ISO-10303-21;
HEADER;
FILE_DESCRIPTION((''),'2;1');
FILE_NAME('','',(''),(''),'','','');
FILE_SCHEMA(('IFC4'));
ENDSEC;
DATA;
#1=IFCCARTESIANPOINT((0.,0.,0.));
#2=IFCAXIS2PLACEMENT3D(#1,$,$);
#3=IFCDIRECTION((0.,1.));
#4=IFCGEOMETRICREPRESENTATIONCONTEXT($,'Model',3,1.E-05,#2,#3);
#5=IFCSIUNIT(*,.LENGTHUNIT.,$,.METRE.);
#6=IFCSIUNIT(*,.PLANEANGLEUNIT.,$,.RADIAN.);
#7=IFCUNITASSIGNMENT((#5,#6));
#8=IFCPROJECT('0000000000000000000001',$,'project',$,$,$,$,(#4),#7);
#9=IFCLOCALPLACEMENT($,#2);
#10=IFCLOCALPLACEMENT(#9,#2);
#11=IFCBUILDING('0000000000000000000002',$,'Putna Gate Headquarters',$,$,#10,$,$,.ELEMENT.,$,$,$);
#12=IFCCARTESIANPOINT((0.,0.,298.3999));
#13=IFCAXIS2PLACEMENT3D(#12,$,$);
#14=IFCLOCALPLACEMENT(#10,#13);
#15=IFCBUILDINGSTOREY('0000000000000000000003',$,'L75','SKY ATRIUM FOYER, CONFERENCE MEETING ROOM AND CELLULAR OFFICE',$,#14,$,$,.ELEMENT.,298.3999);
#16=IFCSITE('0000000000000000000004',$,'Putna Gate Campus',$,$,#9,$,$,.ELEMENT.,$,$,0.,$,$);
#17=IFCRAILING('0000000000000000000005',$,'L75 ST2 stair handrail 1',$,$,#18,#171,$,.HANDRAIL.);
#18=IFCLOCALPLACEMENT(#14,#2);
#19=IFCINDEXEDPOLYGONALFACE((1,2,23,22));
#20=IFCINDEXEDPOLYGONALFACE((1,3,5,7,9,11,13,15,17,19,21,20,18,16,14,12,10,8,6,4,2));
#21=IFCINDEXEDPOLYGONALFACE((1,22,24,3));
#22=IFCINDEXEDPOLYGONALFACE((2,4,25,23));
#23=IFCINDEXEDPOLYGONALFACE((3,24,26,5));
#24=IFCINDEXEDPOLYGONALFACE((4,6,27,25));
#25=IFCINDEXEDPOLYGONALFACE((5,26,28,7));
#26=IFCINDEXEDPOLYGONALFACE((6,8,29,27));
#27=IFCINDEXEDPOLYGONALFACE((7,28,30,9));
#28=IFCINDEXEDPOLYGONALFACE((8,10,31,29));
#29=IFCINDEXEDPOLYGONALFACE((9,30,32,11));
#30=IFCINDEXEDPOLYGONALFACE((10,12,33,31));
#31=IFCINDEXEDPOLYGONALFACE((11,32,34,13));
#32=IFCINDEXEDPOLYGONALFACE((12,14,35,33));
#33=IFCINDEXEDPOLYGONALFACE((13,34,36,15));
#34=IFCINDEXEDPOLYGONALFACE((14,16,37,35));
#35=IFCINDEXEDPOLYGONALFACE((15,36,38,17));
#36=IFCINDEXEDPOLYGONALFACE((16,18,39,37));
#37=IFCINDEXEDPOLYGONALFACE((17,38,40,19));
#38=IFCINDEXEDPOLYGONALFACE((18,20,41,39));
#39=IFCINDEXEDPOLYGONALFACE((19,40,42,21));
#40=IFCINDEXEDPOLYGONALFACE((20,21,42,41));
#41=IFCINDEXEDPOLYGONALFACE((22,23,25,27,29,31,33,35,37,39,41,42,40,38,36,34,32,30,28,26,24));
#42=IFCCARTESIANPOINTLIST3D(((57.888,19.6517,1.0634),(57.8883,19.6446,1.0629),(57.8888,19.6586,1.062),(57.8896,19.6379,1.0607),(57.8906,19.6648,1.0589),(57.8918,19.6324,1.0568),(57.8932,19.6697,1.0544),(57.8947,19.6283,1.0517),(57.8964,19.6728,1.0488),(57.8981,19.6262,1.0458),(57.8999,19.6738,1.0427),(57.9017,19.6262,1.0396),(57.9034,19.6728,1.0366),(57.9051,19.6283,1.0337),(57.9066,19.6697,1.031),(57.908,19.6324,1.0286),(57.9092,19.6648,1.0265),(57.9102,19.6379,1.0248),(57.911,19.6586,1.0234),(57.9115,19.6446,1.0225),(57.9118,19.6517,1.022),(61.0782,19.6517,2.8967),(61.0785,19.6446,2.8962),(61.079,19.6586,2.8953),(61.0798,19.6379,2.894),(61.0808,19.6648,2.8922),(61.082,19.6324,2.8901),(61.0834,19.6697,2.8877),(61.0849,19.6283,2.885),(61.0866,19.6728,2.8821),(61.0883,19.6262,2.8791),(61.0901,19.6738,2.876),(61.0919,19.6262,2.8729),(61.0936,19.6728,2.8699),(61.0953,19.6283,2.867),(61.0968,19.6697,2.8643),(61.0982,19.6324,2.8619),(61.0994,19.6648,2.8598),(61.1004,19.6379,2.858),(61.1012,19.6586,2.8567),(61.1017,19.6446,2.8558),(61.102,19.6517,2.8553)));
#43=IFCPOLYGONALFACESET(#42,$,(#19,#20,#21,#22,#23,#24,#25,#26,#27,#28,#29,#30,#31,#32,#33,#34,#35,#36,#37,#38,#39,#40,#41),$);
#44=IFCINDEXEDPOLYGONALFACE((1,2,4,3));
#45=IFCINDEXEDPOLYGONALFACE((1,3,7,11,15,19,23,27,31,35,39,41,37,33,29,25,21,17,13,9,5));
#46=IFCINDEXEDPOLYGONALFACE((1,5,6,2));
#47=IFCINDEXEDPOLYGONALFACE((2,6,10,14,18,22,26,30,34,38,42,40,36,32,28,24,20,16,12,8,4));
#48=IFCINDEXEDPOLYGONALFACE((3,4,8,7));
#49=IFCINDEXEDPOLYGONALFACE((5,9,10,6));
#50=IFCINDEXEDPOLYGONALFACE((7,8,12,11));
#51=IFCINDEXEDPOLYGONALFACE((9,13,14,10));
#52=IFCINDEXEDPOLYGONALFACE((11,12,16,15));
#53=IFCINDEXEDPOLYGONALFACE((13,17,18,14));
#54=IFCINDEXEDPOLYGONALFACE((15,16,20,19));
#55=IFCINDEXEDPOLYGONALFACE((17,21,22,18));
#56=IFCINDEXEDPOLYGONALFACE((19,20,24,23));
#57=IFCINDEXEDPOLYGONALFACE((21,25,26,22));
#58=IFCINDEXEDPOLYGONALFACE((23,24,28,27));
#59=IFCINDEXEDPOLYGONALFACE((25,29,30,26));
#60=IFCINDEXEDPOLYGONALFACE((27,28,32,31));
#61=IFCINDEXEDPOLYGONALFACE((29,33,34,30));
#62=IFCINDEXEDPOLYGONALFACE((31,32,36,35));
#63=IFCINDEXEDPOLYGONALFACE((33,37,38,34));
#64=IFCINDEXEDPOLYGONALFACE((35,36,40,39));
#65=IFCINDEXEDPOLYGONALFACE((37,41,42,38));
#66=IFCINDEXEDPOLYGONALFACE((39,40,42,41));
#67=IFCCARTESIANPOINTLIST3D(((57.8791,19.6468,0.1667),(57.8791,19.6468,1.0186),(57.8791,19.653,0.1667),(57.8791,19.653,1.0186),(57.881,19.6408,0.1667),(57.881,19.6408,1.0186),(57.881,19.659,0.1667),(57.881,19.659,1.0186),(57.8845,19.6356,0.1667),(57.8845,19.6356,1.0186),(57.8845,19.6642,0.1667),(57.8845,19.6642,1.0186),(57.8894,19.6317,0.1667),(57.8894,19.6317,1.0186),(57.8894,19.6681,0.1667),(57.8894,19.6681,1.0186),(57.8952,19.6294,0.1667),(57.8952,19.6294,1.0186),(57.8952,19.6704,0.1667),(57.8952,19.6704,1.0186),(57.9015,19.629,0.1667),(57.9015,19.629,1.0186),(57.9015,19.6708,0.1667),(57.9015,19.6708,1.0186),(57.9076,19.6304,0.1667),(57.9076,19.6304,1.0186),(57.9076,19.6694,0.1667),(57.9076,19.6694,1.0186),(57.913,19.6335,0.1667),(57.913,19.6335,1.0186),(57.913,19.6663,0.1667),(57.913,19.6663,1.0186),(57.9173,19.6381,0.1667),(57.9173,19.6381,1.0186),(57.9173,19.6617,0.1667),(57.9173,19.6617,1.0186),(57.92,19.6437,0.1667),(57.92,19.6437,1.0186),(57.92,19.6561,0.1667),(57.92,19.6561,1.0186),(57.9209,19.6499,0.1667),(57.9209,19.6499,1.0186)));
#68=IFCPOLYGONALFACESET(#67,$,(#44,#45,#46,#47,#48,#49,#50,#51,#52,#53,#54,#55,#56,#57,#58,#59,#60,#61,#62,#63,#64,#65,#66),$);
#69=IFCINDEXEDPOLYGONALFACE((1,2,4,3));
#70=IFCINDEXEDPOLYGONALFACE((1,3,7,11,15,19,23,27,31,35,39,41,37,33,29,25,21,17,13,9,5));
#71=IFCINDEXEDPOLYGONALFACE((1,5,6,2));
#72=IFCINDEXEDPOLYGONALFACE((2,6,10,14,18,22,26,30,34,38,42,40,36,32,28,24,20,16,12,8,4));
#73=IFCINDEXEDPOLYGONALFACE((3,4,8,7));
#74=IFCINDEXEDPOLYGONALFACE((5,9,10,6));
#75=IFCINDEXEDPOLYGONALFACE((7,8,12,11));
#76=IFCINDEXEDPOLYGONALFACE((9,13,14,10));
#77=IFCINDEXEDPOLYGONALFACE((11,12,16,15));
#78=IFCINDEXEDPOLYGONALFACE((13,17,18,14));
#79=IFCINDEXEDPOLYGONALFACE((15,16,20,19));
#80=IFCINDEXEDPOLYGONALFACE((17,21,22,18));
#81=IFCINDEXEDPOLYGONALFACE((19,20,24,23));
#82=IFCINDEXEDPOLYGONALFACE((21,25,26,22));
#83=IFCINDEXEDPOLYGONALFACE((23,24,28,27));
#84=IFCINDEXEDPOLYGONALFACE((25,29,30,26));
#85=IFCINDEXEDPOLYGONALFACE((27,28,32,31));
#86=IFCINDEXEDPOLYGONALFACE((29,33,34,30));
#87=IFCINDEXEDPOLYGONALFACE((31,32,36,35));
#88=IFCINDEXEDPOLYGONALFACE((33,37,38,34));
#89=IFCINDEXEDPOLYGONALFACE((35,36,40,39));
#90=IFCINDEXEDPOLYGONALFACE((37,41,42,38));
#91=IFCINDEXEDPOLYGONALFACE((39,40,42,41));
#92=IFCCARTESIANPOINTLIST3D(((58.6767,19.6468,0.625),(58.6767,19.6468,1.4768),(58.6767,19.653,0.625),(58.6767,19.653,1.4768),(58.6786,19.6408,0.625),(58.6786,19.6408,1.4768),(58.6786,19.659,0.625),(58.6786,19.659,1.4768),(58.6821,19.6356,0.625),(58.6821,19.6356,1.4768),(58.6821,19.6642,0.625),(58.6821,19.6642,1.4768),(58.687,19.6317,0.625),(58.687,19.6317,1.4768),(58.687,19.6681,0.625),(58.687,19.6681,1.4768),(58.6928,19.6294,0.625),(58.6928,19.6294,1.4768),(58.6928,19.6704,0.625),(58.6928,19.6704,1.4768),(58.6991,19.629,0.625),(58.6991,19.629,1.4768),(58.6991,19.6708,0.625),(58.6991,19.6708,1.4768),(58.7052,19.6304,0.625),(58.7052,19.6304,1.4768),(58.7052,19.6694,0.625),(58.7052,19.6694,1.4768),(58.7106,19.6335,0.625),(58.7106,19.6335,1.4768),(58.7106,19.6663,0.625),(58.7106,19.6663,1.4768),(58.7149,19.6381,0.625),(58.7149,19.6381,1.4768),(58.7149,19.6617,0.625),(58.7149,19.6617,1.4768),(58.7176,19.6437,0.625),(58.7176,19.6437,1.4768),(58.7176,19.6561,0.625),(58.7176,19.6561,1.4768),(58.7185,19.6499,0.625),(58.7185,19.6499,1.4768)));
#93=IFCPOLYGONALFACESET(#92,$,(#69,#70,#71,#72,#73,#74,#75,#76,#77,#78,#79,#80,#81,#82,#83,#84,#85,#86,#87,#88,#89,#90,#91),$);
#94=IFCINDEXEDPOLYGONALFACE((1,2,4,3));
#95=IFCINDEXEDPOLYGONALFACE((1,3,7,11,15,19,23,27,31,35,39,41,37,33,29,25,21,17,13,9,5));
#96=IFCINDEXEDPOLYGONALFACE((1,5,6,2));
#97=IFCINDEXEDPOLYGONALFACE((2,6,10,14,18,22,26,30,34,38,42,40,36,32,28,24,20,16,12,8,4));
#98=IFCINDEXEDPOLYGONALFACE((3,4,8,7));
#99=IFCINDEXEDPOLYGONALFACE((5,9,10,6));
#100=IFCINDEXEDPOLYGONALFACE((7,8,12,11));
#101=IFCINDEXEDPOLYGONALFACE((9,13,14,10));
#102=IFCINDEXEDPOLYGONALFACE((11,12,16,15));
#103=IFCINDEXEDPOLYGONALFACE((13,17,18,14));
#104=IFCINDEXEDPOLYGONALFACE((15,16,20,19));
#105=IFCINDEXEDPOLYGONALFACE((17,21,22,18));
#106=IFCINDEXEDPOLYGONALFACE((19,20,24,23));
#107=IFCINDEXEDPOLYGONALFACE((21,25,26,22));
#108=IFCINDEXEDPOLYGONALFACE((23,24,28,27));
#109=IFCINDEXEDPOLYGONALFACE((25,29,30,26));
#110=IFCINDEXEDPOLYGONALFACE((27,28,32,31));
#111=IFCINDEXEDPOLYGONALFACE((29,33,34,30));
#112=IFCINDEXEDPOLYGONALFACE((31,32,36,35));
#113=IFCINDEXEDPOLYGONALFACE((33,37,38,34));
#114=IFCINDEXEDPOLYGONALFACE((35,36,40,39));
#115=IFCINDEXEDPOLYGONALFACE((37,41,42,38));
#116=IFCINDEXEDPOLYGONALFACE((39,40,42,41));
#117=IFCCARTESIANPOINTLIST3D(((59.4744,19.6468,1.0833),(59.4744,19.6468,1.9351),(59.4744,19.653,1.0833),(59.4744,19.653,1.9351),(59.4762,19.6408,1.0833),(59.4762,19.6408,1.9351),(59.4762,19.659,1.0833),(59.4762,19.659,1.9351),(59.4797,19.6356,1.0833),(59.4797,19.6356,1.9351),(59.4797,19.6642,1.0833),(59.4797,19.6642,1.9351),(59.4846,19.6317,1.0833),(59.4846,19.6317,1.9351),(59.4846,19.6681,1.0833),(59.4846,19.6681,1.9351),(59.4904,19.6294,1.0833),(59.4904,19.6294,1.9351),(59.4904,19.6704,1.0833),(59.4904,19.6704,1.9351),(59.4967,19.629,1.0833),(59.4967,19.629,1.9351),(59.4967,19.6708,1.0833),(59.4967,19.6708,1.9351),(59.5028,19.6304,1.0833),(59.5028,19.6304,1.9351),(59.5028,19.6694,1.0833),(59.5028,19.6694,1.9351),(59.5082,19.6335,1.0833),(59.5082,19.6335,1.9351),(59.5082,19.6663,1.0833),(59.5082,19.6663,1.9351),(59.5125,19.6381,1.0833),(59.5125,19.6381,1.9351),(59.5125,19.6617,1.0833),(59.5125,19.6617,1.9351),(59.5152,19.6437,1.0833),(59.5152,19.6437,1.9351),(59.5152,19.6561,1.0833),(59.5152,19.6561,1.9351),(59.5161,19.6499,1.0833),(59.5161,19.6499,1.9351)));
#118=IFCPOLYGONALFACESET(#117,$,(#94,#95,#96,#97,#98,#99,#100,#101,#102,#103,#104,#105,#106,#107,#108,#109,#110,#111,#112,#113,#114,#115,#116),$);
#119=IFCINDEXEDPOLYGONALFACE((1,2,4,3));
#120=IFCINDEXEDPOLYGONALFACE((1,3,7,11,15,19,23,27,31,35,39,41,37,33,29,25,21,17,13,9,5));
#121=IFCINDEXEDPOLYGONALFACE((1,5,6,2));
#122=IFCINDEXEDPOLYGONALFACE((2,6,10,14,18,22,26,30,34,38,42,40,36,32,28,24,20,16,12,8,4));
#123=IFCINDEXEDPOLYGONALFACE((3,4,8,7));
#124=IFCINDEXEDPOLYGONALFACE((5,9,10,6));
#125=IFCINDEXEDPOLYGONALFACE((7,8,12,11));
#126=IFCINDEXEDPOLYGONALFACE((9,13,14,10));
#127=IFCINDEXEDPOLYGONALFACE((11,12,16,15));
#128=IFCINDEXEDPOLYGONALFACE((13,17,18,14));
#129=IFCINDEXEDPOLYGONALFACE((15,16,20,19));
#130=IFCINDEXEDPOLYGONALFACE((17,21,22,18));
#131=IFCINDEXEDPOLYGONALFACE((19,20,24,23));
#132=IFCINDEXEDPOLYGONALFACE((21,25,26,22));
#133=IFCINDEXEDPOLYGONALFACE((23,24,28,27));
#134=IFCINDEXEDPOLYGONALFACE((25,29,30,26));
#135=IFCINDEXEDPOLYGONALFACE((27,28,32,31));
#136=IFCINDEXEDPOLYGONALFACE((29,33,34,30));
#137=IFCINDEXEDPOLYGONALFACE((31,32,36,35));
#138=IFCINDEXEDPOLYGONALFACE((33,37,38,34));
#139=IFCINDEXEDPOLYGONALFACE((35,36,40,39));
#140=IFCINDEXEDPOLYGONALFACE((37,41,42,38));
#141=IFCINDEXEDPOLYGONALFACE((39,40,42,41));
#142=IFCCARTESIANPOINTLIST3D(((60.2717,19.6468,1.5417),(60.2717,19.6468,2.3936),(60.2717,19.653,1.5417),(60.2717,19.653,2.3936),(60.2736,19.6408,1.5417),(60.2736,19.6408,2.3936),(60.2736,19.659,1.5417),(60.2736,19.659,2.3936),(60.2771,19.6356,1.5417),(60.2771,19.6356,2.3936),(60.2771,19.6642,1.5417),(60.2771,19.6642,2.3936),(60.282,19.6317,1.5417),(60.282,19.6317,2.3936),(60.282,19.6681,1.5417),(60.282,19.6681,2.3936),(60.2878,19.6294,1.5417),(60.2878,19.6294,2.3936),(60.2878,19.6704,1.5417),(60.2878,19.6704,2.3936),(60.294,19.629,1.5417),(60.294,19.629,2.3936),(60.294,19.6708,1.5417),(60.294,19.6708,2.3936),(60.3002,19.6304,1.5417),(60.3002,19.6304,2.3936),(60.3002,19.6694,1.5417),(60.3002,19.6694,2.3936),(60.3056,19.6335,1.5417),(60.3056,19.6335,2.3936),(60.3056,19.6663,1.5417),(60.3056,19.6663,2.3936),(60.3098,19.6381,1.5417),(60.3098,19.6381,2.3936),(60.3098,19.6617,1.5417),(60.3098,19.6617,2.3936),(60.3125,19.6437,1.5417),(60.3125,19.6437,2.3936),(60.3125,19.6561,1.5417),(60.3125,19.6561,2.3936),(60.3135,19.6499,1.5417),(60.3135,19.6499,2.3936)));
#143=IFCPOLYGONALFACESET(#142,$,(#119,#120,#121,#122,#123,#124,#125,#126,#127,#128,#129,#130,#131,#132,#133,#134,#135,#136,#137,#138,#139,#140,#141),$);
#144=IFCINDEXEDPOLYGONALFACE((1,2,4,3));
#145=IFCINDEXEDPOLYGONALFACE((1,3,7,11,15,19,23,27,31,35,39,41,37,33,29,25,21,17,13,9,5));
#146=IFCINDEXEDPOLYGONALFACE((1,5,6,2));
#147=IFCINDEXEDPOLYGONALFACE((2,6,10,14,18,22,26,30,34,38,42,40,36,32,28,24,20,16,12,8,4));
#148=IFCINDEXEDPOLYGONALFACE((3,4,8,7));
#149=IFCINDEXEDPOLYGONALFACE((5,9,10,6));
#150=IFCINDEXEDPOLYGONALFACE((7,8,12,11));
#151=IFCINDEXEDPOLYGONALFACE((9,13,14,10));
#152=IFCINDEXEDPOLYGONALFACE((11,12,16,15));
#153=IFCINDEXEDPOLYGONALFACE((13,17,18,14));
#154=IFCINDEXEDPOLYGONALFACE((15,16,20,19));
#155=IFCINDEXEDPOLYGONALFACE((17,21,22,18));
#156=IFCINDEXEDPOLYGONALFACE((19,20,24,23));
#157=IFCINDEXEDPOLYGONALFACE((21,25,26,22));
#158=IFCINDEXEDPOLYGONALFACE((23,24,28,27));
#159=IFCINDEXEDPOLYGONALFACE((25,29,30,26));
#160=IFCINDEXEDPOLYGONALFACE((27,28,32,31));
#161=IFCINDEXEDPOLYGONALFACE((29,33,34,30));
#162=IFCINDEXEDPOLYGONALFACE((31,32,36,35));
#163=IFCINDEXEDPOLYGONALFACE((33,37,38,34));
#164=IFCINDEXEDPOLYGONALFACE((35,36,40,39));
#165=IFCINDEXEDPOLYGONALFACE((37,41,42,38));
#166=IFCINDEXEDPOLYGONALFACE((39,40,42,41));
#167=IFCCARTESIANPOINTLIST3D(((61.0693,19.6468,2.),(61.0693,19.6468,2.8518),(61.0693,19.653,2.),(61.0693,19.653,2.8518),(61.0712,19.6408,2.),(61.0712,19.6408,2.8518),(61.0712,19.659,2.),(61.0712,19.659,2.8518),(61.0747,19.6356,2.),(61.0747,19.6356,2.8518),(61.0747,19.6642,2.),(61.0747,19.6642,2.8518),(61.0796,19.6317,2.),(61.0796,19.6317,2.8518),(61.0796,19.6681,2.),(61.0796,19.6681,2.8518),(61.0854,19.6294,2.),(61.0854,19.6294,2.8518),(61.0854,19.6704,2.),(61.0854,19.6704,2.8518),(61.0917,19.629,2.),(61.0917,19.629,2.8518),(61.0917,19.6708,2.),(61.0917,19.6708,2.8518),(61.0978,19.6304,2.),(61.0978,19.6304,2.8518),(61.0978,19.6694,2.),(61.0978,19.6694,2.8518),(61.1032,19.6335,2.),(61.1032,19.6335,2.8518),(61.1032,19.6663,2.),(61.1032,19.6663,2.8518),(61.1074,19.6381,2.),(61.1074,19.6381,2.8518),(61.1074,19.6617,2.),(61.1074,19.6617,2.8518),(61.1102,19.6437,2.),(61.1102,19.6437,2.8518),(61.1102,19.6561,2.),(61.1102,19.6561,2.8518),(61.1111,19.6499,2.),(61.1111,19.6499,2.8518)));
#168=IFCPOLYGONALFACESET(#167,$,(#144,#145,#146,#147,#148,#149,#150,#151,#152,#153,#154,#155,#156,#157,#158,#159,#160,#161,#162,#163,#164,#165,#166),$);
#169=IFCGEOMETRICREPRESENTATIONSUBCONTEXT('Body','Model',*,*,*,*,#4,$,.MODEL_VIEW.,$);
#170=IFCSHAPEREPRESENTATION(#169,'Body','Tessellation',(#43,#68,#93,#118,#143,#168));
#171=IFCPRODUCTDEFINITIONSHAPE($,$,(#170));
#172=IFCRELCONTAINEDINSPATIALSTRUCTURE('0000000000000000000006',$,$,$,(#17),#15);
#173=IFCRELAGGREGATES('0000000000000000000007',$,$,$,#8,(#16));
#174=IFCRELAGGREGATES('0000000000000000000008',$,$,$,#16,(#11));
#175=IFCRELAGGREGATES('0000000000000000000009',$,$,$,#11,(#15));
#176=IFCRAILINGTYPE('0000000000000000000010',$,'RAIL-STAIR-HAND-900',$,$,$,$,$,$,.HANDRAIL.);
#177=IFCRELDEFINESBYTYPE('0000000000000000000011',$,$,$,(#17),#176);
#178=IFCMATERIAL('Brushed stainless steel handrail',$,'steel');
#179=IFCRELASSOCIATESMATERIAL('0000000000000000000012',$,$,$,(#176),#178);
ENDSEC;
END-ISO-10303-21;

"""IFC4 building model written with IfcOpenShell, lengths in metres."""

from ifc_helpers import new_model, si_unit, direction, frame, origin, origin_2d, place, context, subcontext, project, spatial, circle, extrude, material, type_object, element, save


model = new_model("IFC4")

# Units and contexts
model_context = context("Model", 3, precision=1e-05, world=origin(), true_north=direction((0.0, 1.0)))
body_context = subcontext(model_context, "Body", "Model", "MODEL_VIEW")
ifc_project = project(units=[si_unit("LENGTHUNIT", "METRE"), si_unit("PLANEANGLEUNIT", "RADIAN")], contexts=[model_context])

# Site, building, storey
site_placement = place(None, origin())
site = spatial("IfcSite", under=ifc_project, at=site_placement, Name="Putna Gate Campus", CompositionType="ELEMENT", RefElevation=0.0)
building_placement = place(site_placement, origin())
building = spatial("IfcBuilding", under=site, at=building_placement, Name="Putna Gate Headquarters", CompositionType="ELEMENT")
storey_placement = place(building_placement, frame((0.0, 0.0, 298.3999)))
storey = spatial("IfcBuildingStorey", under=building, at=storey_placement, Name="L75", Description="SKY ATRIUM FOYER, CONFERENCE MEETING ROOM AND CELLULAR OFFICE", CompositionType="ELEMENT", Elevation=298.3999)

# Railing
ifc_material_1 = material(Name="Brushed stainless steel handrail", Category="steel")
railing_type_1 = type_object("IfcRailingType", Name="RAIL-STAIR-HAND-900", PredefinedType="HANDRAIL", material=ifc_material_1)
railing_1_placement = place(storey_placement, frame((57.8999, 19.6499, 0.1667)))
element("IfcRailing", 1, at=railing_1_placement, inside=storey, type_object=railing_type_1, Name="L75 ST2 stair handrail 1", PredefinedType="HANDRAIL", context=body_context, shape_type="SweptSolid", body=[
    extrude(circle(Radius=0.0239, at=origin_2d()), frame((0.0, 0.0, 0.876), z_axis=(0.867036, 0.0, 0.498245), x_axis=(0.0, 1.0, 0.0)), (0.0, 0.0, 1.0), 3.6794),
    extrude(circle(Radius=0.021, at=origin_2d()), origin(), (0.0, 0.0, 1.0), 0.8518),
    extrude(circle(Radius=0.021, at=origin_2d()), frame((0.7976, 0.0, 0.4583)), (0.0, 0.0, 1.0), 0.8518),
    extrude(circle(Radius=0.021, at=origin_2d()), frame((1.5952, 0.0, 0.9165)), (0.0, 0.0, 1.0), 0.8518),
    extrude(circle(Radius=0.021, at=origin_2d()), frame((2.3926, 0.0, 1.375)), (0.0, 0.0, 1.0), 0.8518),
    extrude(circle(Radius=0.021, at=origin_2d()), frame((3.1902, 0.0, 1.8333)), (0.0, 0.0, 1.0), 0.8518),
])

save(model, "model.ifc")
